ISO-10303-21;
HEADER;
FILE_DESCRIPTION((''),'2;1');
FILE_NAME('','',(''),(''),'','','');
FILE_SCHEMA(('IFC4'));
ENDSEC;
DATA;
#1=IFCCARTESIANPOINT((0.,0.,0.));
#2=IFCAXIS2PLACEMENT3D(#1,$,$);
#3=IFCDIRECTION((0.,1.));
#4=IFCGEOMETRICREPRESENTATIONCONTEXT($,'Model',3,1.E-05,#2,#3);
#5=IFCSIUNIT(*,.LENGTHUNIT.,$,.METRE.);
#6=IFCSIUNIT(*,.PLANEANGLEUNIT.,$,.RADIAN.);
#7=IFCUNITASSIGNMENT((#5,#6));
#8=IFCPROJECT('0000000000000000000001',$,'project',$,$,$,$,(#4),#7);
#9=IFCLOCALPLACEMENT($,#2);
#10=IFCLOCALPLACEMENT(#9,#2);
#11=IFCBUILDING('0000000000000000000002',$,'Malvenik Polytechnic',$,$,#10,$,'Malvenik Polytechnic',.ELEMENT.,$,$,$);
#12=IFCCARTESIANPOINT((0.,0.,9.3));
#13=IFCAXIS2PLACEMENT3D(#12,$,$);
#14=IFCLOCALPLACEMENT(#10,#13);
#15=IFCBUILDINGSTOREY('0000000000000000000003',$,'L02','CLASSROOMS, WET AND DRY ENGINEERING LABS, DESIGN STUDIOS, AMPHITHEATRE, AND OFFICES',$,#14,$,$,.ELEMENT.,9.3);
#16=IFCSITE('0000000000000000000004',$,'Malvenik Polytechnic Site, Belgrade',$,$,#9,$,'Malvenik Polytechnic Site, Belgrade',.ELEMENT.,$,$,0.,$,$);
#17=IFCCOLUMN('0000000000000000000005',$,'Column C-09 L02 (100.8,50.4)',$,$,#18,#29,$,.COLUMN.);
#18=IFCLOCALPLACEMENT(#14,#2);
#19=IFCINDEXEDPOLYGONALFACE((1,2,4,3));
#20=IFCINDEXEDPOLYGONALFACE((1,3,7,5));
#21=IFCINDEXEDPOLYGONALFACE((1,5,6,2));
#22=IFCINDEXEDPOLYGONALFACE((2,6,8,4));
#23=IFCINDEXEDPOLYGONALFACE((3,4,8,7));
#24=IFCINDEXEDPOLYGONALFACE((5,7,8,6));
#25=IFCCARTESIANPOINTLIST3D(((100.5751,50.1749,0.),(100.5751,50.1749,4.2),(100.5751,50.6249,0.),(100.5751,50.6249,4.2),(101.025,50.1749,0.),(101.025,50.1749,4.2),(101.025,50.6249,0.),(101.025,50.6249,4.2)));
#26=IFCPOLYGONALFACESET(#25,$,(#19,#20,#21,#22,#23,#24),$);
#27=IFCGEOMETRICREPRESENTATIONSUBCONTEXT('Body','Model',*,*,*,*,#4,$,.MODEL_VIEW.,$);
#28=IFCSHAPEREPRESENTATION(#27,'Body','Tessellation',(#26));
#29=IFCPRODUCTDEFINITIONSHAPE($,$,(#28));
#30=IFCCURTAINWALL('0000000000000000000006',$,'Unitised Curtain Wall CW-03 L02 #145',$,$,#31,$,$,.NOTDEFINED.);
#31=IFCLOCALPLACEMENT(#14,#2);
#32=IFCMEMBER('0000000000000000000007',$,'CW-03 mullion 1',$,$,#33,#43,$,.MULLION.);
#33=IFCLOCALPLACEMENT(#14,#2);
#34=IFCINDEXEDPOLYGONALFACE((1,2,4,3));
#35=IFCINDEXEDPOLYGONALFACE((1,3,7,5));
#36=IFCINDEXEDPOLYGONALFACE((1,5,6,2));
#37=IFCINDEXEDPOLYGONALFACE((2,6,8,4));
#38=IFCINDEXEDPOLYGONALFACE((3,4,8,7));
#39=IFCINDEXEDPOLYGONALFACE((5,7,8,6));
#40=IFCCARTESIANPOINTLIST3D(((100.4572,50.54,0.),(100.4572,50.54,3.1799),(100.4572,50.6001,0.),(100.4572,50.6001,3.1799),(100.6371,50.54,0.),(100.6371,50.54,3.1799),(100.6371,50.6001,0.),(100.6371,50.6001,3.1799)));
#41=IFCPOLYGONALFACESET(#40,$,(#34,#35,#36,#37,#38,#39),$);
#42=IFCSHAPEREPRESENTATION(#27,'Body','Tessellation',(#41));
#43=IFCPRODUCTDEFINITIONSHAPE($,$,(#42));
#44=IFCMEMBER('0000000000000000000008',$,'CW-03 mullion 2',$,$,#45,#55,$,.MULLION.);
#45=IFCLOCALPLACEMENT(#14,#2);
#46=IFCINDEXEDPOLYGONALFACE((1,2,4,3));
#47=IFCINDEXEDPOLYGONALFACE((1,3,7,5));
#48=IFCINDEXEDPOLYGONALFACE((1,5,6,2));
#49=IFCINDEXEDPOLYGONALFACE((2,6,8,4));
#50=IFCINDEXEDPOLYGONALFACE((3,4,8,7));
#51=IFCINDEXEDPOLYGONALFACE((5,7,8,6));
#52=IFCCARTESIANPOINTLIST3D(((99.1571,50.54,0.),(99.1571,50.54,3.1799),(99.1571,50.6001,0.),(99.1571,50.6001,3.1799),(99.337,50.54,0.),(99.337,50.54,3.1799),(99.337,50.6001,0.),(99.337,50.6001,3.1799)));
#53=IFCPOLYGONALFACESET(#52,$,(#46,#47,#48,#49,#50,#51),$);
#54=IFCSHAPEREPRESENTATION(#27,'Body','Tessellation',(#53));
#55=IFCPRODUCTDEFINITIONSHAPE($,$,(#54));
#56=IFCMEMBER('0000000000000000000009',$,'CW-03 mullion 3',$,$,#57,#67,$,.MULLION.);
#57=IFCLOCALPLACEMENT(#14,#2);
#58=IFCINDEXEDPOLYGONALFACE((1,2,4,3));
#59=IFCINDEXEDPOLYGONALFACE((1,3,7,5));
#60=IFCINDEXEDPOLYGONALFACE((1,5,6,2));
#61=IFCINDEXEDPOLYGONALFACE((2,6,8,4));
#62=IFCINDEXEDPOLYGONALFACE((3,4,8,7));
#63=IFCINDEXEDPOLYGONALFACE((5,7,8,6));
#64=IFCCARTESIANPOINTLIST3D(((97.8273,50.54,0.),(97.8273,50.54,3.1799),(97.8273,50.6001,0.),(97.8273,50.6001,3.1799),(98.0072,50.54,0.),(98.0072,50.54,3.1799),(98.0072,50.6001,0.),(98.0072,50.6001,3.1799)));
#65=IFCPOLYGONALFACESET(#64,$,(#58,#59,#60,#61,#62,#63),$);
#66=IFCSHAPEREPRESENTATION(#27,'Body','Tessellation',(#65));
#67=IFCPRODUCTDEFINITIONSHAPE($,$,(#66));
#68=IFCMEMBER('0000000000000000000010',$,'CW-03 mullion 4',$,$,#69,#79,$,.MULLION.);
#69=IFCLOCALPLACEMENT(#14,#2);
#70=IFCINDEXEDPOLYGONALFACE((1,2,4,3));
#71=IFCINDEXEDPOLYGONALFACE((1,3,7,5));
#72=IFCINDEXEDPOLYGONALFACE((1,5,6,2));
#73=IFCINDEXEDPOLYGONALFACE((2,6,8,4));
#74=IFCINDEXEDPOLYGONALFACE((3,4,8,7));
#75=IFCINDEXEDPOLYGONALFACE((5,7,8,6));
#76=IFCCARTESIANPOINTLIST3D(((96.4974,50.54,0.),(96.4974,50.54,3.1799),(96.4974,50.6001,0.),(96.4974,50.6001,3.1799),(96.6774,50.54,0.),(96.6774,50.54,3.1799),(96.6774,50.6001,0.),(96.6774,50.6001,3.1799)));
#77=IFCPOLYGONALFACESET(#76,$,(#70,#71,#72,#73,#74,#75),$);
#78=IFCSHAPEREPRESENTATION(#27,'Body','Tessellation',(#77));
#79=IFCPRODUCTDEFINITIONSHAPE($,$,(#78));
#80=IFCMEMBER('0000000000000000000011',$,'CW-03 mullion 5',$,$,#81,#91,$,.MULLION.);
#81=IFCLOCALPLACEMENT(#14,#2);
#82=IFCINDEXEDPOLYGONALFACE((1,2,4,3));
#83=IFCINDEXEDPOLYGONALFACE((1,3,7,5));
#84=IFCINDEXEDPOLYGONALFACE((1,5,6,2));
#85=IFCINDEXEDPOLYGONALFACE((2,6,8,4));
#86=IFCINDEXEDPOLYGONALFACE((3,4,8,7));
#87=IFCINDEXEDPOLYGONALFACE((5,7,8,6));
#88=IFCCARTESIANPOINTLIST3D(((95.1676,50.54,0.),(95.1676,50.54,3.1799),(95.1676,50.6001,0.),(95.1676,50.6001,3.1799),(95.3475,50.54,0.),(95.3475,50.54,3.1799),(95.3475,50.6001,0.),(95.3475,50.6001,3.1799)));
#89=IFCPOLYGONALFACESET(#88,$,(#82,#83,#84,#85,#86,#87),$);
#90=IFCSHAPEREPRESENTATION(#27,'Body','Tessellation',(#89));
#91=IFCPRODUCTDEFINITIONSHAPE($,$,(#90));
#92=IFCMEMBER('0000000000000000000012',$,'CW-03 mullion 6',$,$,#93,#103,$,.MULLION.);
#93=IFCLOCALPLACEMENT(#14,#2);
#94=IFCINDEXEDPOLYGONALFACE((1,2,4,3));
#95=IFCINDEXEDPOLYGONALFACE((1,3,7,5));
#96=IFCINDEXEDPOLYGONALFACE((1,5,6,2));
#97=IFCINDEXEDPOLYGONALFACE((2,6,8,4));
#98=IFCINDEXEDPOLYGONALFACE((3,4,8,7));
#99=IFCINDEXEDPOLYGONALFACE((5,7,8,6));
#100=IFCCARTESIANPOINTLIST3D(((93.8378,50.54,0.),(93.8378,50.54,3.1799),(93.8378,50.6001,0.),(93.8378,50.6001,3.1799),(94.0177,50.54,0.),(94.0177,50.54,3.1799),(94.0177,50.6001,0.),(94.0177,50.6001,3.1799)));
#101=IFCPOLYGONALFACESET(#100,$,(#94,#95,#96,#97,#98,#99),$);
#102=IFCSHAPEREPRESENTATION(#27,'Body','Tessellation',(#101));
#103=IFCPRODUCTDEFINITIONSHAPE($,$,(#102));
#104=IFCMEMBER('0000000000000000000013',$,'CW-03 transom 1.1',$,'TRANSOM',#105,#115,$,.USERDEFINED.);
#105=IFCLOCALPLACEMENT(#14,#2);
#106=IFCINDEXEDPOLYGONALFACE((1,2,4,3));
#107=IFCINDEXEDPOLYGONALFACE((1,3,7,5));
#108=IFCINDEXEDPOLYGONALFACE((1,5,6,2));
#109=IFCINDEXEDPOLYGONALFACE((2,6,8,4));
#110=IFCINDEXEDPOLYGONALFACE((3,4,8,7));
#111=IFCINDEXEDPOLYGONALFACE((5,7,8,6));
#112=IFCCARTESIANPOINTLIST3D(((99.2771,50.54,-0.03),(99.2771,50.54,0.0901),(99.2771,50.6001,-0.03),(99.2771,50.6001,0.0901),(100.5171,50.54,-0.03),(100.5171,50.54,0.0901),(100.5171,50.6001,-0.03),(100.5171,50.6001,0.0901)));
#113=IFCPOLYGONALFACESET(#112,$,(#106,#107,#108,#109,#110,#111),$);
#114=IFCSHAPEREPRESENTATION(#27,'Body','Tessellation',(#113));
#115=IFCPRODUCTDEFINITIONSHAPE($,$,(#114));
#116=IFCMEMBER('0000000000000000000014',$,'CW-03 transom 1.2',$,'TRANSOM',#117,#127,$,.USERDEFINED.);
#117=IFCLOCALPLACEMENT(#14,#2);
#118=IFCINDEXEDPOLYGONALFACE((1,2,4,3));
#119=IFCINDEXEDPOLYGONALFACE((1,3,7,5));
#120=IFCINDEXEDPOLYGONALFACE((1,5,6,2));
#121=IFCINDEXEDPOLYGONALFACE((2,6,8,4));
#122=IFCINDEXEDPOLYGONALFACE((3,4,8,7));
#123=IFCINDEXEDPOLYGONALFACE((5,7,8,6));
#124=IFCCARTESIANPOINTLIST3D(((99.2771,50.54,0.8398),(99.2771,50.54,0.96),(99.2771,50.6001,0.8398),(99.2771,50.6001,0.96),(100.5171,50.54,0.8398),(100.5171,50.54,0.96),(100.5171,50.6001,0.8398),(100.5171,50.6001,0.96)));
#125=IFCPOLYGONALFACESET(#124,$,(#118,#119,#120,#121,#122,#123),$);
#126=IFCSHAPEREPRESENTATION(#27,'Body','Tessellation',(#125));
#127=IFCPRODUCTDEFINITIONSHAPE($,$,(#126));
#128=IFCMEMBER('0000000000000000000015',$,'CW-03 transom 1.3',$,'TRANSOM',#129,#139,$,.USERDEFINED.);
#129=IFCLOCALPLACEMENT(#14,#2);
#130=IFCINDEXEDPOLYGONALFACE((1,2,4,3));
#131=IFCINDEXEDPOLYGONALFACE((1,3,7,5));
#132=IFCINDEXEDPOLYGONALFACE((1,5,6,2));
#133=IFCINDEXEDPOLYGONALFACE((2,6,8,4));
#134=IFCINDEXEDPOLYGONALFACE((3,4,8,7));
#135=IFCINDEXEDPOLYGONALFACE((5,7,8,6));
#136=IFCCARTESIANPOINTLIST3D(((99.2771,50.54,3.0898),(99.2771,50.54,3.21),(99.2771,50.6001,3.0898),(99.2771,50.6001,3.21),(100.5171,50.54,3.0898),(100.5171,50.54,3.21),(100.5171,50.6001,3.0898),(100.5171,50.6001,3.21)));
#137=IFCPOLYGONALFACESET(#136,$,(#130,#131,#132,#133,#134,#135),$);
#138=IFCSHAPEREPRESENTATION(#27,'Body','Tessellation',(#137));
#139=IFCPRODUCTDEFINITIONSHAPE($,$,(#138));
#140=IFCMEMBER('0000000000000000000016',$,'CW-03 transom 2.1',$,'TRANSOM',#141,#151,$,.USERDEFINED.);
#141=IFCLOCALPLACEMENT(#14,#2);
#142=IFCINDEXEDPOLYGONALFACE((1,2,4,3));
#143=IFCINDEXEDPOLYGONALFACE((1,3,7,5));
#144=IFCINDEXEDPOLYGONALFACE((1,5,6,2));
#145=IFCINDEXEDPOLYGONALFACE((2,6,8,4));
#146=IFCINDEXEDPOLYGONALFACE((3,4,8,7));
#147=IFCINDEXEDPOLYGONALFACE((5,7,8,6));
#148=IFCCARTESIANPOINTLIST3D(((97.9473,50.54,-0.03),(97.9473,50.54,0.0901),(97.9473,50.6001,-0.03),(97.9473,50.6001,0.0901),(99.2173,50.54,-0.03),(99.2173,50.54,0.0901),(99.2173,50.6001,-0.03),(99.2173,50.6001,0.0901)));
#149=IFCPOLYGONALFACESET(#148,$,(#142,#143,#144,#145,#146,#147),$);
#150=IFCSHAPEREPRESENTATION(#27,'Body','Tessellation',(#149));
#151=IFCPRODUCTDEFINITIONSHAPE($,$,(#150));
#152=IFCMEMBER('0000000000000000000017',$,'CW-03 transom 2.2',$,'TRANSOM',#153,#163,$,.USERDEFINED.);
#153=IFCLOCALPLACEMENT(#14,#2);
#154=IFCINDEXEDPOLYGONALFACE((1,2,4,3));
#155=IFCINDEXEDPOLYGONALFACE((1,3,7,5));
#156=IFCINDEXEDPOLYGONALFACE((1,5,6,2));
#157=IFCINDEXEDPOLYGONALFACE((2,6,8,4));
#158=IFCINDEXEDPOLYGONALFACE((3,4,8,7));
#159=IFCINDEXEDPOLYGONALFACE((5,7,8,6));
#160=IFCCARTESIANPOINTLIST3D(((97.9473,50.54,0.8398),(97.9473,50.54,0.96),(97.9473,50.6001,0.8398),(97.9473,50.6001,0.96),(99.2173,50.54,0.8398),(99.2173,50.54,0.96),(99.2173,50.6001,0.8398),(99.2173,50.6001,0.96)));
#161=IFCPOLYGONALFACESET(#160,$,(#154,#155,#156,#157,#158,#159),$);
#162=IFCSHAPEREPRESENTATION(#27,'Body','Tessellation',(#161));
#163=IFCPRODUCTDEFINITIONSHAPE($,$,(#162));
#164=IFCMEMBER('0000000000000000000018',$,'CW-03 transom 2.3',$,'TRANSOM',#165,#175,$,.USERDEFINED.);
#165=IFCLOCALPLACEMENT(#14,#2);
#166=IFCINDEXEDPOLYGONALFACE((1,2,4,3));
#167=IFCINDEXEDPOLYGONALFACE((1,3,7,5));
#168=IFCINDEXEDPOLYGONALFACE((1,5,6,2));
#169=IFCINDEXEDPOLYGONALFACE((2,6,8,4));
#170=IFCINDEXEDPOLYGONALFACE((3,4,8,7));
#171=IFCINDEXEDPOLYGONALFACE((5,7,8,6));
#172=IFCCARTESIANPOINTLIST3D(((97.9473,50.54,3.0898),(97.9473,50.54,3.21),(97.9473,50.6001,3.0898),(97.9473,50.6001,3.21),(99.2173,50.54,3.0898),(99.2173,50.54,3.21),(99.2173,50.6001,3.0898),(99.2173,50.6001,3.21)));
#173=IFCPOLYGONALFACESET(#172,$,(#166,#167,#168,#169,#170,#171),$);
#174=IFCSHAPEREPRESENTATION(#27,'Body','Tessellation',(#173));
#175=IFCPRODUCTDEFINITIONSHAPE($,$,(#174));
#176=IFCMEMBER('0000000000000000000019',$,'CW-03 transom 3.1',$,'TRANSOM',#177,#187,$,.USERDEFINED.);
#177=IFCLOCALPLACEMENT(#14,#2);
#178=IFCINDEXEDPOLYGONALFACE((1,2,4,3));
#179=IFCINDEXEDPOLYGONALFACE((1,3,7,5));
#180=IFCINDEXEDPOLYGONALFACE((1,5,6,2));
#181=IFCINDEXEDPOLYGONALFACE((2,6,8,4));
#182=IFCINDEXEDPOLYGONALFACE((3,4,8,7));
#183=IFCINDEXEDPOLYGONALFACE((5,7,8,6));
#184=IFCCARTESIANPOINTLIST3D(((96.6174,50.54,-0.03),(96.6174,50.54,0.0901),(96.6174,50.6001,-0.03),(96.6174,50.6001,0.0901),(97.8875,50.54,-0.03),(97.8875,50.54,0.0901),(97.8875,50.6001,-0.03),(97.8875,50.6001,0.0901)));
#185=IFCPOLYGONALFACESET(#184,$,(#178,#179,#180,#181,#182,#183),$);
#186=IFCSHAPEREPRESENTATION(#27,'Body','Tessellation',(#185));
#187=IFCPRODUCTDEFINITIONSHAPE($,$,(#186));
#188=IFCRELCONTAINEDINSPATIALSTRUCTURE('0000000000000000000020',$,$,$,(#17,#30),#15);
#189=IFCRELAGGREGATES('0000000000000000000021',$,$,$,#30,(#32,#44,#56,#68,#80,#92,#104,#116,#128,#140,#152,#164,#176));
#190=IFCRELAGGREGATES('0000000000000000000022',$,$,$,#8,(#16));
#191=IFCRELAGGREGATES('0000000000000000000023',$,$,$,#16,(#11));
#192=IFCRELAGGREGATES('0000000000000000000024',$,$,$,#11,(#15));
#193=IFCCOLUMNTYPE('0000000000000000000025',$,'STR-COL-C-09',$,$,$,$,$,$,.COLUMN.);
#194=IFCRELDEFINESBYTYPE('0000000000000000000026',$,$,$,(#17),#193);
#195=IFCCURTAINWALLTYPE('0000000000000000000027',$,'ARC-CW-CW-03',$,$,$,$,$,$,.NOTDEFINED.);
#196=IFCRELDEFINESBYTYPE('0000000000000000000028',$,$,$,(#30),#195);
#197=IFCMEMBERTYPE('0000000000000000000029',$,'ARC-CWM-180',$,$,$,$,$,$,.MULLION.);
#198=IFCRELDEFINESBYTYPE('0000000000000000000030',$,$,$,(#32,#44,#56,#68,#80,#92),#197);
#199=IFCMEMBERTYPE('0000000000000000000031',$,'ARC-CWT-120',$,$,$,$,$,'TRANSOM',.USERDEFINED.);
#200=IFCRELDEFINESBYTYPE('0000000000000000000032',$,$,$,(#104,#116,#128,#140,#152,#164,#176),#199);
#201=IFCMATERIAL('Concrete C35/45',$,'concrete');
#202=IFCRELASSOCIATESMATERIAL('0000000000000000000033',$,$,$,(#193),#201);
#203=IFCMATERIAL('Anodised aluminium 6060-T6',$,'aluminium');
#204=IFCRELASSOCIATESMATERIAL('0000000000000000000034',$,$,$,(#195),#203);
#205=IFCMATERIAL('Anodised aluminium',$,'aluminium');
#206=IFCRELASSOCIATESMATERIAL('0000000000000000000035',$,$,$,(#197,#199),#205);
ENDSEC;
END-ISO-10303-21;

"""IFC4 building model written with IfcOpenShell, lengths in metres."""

from ifc_helpers import new_model, si_unit, direction, frame, origin, origin_2d, place, context, subcontext, project, spatial, rectangle, extrude, material, material_profile, profile_set, type_object, element, aggregate, save


model = new_model("IFC4")

# Units and contexts
model_context = context("Model", 3, precision=1e-05, world=origin(), true_north=direction((0.0, 1.0)))
body_context = subcontext(model_context, "Body", "Model", "MODEL_VIEW")
ifc_project = project(units=[si_unit("LENGTHUNIT", "METRE"), si_unit("PLANEANGLEUNIT", "RADIAN")], contexts=[model_context])

# Site, building, storey
site_placement = place(None, origin())
site = spatial("IfcSite", under=ifc_project, at=site_placement, Name="Malvenik Polytechnic Site, Belgrade", LongName="Malvenik Polytechnic Site, Belgrade", CompositionType="ELEMENT", RefElevation=0.0)
building_placement = place(site_placement, origin())
building = spatial("IfcBuilding", under=site, at=building_placement, Name="Malvenik Polytechnic", LongName="Malvenik Polytechnic", CompositionType="ELEMENT")
storey_placement = place(building_placement, frame((0.0, 0.0, 9.3)))
storey = spatial("IfcBuildingStorey", under=building, at=storey_placement, Name="L02", Description="CLASSROOMS, WET AND DRY ENGINEERING LABS, DESIGN STUDIOS, AMPHITHEATRE, AND OFFICES", CompositionType="ELEMENT", Elevation=9.3)

# Column
ifc_material_1 = material(Name="Concrete C35/45", Category="concrete")
ifc_material_profile_1 = material_profile(ifc_material_1, rectangle(XDim=0.45, YDim=0.45, at=origin_2d()), Name="RC COL 450x450")
ifc_profile_set_1 = profile_set([ifc_material_profile_1], Name="Concrete C35/45")
column_type = type_object("IfcColumnType", Name="STR-COL-C-09", PredefinedType="COLUMN", material=ifc_profile_set_1)
column_placement = place(storey_placement, frame((100.8, 50.3999, 0.0), z_axis=(0.0, 0.0, 1.0), x_axis=(1.0, 0.0, 0.0)))
element("IfcColumn", 1, at=column_placement, inside=storey, type_object=column_type, Name="Column C-09 L02 (100.8,50.4)", PredefinedType="COLUMN", context=body_context, shape_type="SweptSolid", body=[
    extrude(rectangle(XDim=0.45, YDim=0.45, at=origin_2d()), origin(), (0.0, 0.0, 1.0), 4.2),
])

# Curtain wall, members
ifc_material_2 = material(Name="Anodised aluminium 6060-T6", Category="aluminium")
curtain_wall_type = type_object("IfcCurtainWallType", Name="ARC-CW-CW-03", PredefinedType="NOTDEFINED", material=ifc_material_2)
curtain_wall_placement = place(storey_placement, origin())
curtain_wall = element("IfcCurtainWall", 2, at=curtain_wall_placement, inside=storey, type_object=curtain_wall_type, Name="Unitised Curtain Wall CW-03 L02 #145", PredefinedType="NOTDEFINED")
ifc_material_3 = material(Name="Anodised aluminium", Category="aluminium")
ifc_material_profile_2 = material_profile(ifc_material_3, rectangle(XDim=0.0601, YDim=0.1799, at=origin_2d()), Name="ALU MULLION 60x180")
ifc_profile_set_2 = profile_set([ifc_material_profile_2], Name="Anodised aluminium")
member_type_1 = type_object("IfcMemberType", Name="ARC-CWM-180", PredefinedType="MULLION", material=ifc_profile_set_2)
member_1_placement = place(storey_placement, frame((100.5471, 50.5701, 0.0), z_axis=(0.0, 0.0, 1.0), x_axis=(0.0, -1.0, 0.0)))
member_1 = element("IfcMember", 3, at=member_1_placement, type_object=member_type_1, Name="CW-03 mullion 1", PredefinedType="MULLION", context=body_context, shape_type="SweptSolid", body=[
    extrude(rectangle(XDim=0.0601, YDim=0.1799, at=origin_2d()), origin(), (0.0, 0.0, 1.0), 3.1799),
])
member_2_placement = place(storey_placement, frame((99.2471, 50.5701, 0.0), z_axis=(0.0, 0.0, 1.0), x_axis=(0.0, -1.0, 0.0)))
member_2 = element("IfcMember", 4, at=member_2_placement, type_object=member_type_1, Name="CW-03 mullion 2", PredefinedType="MULLION", context=body_context, shape_type="SweptSolid", body=[
    extrude(rectangle(XDim=0.0601, YDim=0.1799, at=origin_2d()), origin(), (0.0, 0.0, 1.0), 3.1799),
])
member_3_placement = place(storey_placement, frame((97.9172, 50.5701, 0.0), z_axis=(0.0, 0.0, 1.0), x_axis=(0.0, -1.0, 0.0)))
member_3 = element("IfcMember", 5, at=member_3_placement, type_object=member_type_1, Name="CW-03 mullion 3", PredefinedType="MULLION", context=body_context, shape_type="SweptSolid", body=[
    extrude(rectangle(XDim=0.0601, YDim=0.1799, at=origin_2d()), origin(), (0.0, 0.0, 1.0), 3.1799),
])
member_4_placement = place(storey_placement, frame((96.5874, 50.5701, 0.0), z_axis=(0.0, 0.0, 1.0), x_axis=(0.0, -1.0, 0.0)))
member_4 = element("IfcMember", 6, at=member_4_placement, type_object=member_type_1, Name="CW-03 mullion 4", PredefinedType="MULLION", context=body_context, shape_type="SweptSolid", body=[
    extrude(rectangle(XDim=0.0601, YDim=0.1799, at=origin_2d()), origin(), (0.0, 0.0, 1.0), 3.1799),
])
member_5_placement = place(storey_placement, frame((95.2576, 50.5701, 0.0), z_axis=(0.0, 0.0, 1.0), x_axis=(0.0, -1.0, 0.0)))
member_5 = element("IfcMember", 7, at=member_5_placement, type_object=member_type_1, Name="CW-03 mullion 5", PredefinedType="MULLION", context=body_context, shape_type="SweptSolid", body=[
    extrude(rectangle(XDim=0.0601, YDim=0.1799, at=origin_2d()), origin(), (0.0, 0.0, 1.0), 3.1799),
])
member_6_placement = place(storey_placement, frame((93.9277, 50.5701, 0.0), z_axis=(0.0, 0.0, 1.0), x_axis=(0.0, -1.0, 0.0)))
member_6 = element("IfcMember", 8, at=member_6_placement, type_object=member_type_1, Name="CW-03 mullion 6", PredefinedType="MULLION", context=body_context, shape_type="SweptSolid", body=[
    extrude(rectangle(XDim=0.0601, YDim=0.1799, at=origin_2d()), origin(), (0.0, 0.0, 1.0), 3.1799),
])
ifc_material_profile_3 = material_profile(ifc_material_3, rectangle(XDim=0.0601, YDim=0.1201, at=origin_2d()), Name="ALU TRANSOM 60x120")
ifc_profile_set_3 = profile_set([ifc_material_profile_3], Name="Anodised aluminium")
member_type_2 = type_object("IfcMemberType", Name="ARC-CWT-120", ElementType="TRANSOM", PredefinedType="USERDEFINED", material=ifc_profile_set_3)
member_7_placement = place(storey_placement, frame((100.5171, 50.5701, 0.03), z_axis=(-1.0, 0.0, 0.0), x_axis=(0.0, -1.0, 0.0)))
member_7 = element("IfcMember", 9, at=member_7_placement, type_object=member_type_2, Name="CW-03 transom 1.1", ObjectType="TRANSOM", PredefinedType="USERDEFINED", context=body_context, shape_type="SweptSolid", body=[
    extrude(rectangle(XDim=0.0601, YDim=0.1201, at=origin_2d()), origin(), (0.0, 0.0, 1.0), 1.24),
])
member_8_placement = place(storey_placement, frame((100.5171, 50.5701, 0.8999), z_axis=(-1.0, 0.0, 0.0), x_axis=(0.0, -1.0, 0.0)))
member_8 = element("IfcMember", 10, at=member_8_placement, type_object=member_type_2, Name="CW-03 transom 1.2", ObjectType="TRANSOM", PredefinedType="USERDEFINED", context=body_context, shape_type="SweptSolid", body=[
    extrude(rectangle(XDim=0.0601, YDim=0.1201, at=origin_2d()), origin(), (0.0, 0.0, 1.0), 1.24),
])
member_9_placement = place(storey_placement, frame((100.5171, 50.5701, 3.1499), z_axis=(-1.0, 0.0, 0.0), x_axis=(0.0, -1.0, 0.0)))
member_9 = element("IfcMember", 11, at=member_9_placement, type_object=member_type_2, Name="CW-03 transom 1.3", ObjectType="TRANSOM", PredefinedType="USERDEFINED", context=body_context, shape_type="SweptSolid", body=[
    extrude(rectangle(XDim=0.0601, YDim=0.1201, at=origin_2d()), origin(), (0.0, 0.0, 1.0), 1.24),
])
member_10_placement = place(storey_placement, frame((99.2173, 50.5701, 0.03), z_axis=(-1.0, 0.0, 0.0), x_axis=(0.0, -1.0, 0.0)))
member_10 = element("IfcMember", 12, at=member_10_placement, type_object=member_type_2, Name="CW-03 transom 2.1", ObjectType="TRANSOM", PredefinedType="USERDEFINED", context=body_context, shape_type="SweptSolid", body=[
    extrude(rectangle(XDim=0.0601, YDim=0.1201, at=origin_2d()), origin(), (0.0, 0.0, 1.0), 1.27),
])
member_11_placement = place(storey_placement, frame((99.2173, 50.5701, 0.8999), z_axis=(-1.0, 0.0, 0.0), x_axis=(0.0, -1.0, 0.0)))
member_11 = element("IfcMember", 13, at=member_11_placement, type_object=member_type_2, Name="CW-03 transom 2.2", ObjectType="TRANSOM", PredefinedType="USERDEFINED", context=body_context, shape_type="SweptSolid", body=[
    extrude(rectangle(XDim=0.0601, YDim=0.1201, at=origin_2d()), origin(), (0.0, 0.0, 1.0), 1.27),
])
member_12_placement = place(storey_placement, frame((99.2173, 50.5701, 3.1499), z_axis=(-1.0, 0.0, 0.0), x_axis=(0.0, -1.0, 0.0)))
member_12 = element("IfcMember", 14, at=member_12_placement, type_object=member_type_2, Name="CW-03 transom 2.3", ObjectType="TRANSOM", PredefinedType="USERDEFINED", context=body_context, shape_type="SweptSolid", body=[
    extrude(rectangle(XDim=0.0601, YDim=0.1201, at=origin_2d()), origin(), (0.0, 0.0, 1.0), 1.27),
])
member_13_placement = place(storey_placement, frame((97.8875, 50.5701, 0.03), z_axis=(-1.0, 0.0, 0.0), x_axis=(0.0, -1.0, 0.0)))
member_13 = element("IfcMember", 15, at=member_13_placement, type_object=member_type_2, Name="CW-03 transom 3.1", ObjectType="TRANSOM", PredefinedType="USERDEFINED", context=body_context, shape_type="SweptSolid", body=[
    extrude(rectangle(XDim=0.0601, YDim=0.1201, at=origin_2d()), origin(), (0.0, 0.0, 1.0), 1.27),
])

aggregate(curtain_wall, [member_1, member_2, member_3, member_4, member_5, member_6, member_7, member_8, member_9, member_10, member_11, member_12, member_13])

save(model, "model.ifc")
